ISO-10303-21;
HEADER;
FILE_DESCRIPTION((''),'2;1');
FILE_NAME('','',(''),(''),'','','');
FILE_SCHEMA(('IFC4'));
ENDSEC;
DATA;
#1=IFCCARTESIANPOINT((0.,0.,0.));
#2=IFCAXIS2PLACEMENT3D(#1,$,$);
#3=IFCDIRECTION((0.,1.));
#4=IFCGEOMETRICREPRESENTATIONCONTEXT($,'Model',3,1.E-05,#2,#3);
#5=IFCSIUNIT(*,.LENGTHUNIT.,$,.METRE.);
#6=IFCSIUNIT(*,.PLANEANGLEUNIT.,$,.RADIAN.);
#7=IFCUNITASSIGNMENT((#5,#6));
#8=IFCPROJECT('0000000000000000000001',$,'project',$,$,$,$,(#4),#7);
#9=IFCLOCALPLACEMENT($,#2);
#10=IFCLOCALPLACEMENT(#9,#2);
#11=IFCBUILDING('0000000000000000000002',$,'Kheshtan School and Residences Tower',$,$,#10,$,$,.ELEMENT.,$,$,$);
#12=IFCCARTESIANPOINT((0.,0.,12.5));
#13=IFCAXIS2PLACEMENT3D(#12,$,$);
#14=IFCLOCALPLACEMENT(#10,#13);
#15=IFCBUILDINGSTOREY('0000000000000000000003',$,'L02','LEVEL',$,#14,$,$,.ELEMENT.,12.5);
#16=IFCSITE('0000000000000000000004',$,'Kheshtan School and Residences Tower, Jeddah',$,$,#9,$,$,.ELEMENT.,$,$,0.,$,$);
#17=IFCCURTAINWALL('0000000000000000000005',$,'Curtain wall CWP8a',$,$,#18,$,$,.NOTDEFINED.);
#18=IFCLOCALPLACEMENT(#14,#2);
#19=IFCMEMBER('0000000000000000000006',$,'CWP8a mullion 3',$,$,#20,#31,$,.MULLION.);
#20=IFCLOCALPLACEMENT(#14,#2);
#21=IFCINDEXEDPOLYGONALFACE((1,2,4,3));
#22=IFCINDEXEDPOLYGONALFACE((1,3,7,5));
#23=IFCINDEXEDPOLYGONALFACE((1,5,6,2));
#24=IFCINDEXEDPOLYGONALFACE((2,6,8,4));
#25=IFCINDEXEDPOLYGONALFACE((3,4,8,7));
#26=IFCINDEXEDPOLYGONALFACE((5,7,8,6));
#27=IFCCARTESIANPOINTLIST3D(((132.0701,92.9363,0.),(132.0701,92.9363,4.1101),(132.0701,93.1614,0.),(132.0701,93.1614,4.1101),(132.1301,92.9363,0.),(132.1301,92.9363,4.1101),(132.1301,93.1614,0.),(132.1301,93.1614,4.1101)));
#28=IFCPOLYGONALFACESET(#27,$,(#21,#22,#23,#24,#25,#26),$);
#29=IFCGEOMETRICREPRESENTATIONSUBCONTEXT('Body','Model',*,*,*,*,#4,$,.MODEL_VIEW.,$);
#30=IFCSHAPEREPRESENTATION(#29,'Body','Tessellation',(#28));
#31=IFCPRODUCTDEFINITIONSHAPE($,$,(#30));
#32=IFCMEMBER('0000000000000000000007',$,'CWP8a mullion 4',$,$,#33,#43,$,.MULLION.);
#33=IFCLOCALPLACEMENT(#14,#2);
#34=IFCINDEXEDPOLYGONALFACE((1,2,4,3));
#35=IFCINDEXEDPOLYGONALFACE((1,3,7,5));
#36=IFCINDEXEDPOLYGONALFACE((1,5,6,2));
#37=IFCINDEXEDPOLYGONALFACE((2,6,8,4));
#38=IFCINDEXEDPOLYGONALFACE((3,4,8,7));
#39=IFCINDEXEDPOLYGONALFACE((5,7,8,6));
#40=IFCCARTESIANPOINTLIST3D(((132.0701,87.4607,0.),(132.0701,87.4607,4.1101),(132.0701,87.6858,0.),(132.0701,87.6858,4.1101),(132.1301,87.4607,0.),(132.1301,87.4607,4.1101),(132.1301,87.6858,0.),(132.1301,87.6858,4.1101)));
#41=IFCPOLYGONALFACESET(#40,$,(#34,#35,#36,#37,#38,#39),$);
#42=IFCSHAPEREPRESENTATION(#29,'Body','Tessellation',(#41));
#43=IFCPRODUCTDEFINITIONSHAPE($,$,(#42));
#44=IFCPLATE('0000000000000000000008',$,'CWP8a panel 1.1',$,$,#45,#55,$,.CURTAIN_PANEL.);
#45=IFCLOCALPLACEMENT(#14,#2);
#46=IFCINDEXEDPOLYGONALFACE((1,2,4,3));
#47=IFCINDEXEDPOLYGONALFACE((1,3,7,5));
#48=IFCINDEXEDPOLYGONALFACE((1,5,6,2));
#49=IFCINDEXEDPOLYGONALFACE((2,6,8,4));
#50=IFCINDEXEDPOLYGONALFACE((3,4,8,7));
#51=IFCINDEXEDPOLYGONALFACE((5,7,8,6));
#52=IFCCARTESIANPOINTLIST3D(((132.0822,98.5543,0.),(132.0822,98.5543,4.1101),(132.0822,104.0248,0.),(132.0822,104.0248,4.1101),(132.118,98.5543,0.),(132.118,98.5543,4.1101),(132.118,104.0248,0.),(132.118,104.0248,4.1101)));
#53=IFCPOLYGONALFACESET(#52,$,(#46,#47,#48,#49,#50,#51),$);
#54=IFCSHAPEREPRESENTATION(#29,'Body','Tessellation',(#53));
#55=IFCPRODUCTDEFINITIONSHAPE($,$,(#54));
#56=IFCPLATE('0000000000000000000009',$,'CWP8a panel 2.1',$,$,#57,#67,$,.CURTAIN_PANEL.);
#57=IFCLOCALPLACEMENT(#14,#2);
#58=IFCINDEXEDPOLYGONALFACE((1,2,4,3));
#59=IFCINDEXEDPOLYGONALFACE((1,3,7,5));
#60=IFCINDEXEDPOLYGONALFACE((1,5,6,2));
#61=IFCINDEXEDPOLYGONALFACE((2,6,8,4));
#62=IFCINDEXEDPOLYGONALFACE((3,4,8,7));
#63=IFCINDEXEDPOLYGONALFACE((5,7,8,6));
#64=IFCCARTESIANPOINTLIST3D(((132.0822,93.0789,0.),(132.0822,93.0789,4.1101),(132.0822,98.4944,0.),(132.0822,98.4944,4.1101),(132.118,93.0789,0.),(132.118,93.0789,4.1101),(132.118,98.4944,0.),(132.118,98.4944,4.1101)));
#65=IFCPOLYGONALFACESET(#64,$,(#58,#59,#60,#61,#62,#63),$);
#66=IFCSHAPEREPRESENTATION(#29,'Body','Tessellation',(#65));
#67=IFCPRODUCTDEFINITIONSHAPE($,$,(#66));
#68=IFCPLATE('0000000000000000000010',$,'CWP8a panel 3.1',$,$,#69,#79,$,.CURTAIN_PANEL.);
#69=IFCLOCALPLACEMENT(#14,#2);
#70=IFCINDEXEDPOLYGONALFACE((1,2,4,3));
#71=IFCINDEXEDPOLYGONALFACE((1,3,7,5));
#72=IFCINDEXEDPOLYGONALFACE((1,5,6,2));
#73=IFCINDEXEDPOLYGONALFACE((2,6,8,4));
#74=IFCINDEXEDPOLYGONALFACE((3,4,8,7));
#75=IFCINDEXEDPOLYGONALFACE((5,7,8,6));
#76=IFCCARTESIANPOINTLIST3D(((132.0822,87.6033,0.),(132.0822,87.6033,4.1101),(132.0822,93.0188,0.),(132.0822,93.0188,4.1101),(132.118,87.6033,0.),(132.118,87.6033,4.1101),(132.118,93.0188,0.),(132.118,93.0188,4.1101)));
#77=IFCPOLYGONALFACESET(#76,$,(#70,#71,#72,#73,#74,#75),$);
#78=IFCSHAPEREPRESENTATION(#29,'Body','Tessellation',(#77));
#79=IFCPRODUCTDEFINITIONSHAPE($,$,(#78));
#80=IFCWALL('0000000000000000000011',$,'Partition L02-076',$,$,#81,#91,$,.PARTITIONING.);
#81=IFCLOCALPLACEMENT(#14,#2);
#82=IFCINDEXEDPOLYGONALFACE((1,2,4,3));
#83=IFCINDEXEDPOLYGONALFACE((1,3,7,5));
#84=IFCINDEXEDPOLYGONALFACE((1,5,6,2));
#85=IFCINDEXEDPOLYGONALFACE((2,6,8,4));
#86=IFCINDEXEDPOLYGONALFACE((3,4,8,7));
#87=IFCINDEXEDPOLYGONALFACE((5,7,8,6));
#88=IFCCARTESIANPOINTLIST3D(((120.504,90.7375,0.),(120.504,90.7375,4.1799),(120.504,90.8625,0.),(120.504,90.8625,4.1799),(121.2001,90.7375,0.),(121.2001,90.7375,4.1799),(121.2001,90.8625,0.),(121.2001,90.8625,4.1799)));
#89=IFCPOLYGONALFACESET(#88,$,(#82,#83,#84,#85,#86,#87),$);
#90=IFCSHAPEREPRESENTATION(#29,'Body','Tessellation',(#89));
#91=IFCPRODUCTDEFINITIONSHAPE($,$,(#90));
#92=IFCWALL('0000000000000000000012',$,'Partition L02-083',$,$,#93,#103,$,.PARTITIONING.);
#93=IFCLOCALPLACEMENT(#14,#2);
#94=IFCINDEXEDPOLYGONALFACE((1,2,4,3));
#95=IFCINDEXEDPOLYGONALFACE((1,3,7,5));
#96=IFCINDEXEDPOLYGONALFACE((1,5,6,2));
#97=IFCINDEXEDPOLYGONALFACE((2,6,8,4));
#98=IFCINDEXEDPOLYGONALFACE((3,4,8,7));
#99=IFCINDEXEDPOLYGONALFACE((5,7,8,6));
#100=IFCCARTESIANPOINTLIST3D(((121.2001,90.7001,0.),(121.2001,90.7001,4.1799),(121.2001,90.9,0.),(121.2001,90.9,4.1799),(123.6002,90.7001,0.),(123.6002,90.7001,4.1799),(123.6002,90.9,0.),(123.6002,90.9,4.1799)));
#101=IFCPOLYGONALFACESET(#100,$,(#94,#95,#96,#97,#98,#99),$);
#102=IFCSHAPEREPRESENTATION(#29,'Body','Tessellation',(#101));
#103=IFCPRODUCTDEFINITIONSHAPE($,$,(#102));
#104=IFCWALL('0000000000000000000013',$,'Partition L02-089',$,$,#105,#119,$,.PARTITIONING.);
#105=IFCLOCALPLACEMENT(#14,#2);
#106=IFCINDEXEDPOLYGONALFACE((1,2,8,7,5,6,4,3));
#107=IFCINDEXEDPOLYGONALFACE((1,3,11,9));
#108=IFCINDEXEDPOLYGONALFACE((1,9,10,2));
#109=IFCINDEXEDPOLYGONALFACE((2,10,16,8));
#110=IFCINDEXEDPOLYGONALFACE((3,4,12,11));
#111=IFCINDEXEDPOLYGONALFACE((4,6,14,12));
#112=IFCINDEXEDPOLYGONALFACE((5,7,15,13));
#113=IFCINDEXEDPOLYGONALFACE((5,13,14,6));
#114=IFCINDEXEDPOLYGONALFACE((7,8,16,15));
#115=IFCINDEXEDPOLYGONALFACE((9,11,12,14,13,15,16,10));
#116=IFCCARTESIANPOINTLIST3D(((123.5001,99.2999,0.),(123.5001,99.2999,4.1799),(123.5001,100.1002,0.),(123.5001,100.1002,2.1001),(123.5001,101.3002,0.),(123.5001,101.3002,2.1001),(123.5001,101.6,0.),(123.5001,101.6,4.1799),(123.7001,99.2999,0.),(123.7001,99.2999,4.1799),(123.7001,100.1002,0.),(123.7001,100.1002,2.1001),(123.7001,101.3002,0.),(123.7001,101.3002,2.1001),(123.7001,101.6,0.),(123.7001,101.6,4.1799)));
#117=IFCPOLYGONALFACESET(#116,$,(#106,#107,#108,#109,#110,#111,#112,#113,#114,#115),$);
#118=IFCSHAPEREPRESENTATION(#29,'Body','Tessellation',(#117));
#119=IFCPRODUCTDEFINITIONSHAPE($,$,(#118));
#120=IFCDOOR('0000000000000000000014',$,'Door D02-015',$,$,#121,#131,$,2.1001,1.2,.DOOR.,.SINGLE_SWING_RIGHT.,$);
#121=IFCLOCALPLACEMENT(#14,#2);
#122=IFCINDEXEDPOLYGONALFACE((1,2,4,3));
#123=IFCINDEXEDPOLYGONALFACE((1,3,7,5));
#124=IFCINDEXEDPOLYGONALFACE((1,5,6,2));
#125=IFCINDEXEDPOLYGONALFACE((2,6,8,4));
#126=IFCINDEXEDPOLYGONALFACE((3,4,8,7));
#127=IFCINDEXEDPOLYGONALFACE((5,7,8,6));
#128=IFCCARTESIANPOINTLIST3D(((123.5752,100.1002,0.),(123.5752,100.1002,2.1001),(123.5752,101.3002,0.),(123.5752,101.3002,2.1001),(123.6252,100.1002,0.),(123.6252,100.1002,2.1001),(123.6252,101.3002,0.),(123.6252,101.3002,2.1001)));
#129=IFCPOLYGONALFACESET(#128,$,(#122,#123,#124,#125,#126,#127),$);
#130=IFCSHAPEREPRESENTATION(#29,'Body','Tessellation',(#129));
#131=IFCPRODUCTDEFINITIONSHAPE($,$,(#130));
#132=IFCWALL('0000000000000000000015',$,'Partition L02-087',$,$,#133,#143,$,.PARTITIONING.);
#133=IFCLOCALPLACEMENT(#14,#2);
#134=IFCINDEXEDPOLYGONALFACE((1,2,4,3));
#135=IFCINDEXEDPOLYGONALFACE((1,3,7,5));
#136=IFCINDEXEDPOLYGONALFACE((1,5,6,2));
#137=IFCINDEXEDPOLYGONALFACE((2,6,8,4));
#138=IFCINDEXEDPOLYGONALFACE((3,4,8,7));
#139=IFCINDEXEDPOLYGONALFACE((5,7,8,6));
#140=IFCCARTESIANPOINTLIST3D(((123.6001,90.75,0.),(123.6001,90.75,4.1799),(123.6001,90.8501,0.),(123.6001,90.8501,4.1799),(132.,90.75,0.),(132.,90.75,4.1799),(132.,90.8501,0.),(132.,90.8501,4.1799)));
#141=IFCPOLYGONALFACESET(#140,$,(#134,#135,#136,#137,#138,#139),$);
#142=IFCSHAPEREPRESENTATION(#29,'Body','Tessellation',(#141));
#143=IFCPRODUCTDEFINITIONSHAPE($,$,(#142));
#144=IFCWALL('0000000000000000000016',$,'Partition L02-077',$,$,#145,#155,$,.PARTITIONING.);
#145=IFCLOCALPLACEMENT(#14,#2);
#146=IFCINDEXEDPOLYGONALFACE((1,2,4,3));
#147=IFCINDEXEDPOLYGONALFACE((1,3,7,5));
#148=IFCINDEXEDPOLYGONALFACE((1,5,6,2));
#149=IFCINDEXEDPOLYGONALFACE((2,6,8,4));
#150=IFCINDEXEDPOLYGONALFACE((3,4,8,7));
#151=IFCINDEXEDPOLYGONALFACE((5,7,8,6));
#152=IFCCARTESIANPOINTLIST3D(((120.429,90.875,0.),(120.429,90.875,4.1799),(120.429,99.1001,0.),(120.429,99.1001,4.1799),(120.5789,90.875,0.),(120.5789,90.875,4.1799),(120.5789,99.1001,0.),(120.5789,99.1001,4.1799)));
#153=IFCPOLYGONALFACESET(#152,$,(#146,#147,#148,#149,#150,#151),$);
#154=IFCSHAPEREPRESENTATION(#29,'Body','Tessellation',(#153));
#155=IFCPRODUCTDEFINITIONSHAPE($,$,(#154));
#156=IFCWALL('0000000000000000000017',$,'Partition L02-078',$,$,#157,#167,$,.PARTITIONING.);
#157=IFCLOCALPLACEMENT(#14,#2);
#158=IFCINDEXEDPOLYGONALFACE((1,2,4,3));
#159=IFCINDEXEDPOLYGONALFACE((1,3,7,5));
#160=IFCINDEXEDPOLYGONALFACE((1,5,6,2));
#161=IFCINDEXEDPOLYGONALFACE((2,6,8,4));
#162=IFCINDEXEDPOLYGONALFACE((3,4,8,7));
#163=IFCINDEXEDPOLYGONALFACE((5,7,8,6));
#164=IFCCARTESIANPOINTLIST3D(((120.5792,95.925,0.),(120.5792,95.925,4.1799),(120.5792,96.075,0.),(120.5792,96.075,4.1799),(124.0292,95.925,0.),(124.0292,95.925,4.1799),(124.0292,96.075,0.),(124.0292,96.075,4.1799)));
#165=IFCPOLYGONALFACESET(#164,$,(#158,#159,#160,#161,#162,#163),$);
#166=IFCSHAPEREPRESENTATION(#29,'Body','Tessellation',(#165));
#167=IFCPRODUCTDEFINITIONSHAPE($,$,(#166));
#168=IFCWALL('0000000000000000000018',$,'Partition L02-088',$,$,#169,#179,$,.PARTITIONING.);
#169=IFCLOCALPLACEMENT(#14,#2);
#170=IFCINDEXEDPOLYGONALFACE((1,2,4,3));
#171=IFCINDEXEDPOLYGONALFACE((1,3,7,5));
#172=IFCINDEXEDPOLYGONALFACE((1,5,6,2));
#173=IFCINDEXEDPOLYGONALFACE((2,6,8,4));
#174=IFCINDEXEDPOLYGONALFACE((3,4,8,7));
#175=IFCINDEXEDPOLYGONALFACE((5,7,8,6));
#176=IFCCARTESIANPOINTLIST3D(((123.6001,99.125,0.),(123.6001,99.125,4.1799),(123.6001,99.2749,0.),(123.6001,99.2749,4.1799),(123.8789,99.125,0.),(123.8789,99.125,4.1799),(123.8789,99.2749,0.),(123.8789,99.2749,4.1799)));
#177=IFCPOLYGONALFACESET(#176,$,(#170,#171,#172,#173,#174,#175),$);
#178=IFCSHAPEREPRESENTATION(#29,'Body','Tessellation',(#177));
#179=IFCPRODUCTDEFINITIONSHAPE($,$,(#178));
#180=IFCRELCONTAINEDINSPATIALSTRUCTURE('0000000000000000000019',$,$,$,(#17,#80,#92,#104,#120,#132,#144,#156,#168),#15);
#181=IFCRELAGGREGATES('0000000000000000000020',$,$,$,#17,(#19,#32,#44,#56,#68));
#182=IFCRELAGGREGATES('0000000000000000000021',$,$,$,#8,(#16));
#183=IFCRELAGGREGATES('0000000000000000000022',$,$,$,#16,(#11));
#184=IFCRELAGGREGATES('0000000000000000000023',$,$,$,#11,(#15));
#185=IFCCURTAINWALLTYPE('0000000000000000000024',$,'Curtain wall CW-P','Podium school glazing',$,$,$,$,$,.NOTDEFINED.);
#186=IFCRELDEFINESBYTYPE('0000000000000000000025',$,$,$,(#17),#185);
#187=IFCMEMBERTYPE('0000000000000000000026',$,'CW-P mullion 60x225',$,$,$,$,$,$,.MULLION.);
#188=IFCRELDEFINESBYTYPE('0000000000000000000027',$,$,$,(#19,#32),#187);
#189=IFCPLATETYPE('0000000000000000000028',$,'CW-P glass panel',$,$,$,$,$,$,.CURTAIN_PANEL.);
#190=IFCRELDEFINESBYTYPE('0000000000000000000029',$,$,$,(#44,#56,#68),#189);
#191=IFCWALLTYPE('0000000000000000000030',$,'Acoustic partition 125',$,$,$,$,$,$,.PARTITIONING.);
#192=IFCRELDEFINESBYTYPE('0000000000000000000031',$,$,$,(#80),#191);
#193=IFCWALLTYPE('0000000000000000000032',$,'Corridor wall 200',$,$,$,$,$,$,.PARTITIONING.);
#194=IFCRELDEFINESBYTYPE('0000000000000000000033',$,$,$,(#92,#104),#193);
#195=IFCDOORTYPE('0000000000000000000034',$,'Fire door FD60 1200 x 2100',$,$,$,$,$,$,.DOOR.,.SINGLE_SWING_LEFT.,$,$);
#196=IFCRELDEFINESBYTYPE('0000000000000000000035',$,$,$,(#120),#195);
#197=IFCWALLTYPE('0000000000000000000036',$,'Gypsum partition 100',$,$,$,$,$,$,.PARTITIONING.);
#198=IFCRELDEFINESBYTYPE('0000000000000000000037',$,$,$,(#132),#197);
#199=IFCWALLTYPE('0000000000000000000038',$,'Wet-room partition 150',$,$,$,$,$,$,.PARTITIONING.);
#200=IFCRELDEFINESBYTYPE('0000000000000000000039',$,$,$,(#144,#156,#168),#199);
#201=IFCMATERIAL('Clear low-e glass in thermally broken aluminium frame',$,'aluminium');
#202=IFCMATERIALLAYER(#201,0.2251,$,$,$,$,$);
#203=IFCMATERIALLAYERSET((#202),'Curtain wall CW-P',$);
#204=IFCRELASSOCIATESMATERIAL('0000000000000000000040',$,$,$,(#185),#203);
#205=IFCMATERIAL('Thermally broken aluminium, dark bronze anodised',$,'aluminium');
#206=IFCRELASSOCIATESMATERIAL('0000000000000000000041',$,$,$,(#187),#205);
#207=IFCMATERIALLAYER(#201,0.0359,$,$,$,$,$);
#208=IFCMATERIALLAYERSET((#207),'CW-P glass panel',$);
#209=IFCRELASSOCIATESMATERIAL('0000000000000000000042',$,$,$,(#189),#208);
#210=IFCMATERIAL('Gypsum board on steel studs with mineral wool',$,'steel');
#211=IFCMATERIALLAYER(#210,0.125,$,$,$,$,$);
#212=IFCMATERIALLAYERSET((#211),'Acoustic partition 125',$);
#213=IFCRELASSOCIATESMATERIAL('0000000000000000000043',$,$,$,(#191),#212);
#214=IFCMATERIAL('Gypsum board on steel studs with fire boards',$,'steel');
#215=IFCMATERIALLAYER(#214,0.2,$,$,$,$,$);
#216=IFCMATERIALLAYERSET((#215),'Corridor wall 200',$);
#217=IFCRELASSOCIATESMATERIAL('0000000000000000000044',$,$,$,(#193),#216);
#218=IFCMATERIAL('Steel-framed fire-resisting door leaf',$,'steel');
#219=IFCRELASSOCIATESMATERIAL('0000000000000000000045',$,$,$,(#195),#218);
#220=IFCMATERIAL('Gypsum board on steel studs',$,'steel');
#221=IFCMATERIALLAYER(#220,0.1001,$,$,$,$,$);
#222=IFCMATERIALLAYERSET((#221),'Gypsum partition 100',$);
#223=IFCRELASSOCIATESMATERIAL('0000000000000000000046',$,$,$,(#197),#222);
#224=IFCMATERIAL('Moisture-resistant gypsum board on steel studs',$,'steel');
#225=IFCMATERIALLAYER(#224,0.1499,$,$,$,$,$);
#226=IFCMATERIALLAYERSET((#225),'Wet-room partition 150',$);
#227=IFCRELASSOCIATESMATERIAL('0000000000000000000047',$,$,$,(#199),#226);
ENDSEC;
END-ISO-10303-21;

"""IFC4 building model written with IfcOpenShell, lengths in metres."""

from ifc_helpers import new_model, si_unit, direction, frame, frame_2d, origin, origin_2d, place, context, subcontext, project, spatial, rectangle, extrude, source, transform, mapped, material, layer, layer_set, material_profile, profile_set, type_object, element, fill, aggregate, save


model = new_model("IFC4")

# Units and contexts
model_context = context("Model", 3, precision=1e-05, world=origin(), true_north=direction((0.0, 1.0)))
body_context = subcontext(model_context, "Body", "Model", "MODEL_VIEW")
ifc_project = project(units=[si_unit("LENGTHUNIT", "METRE"), si_unit("PLANEANGLEUNIT", "RADIAN")], contexts=[model_context])

# Site, building, storey
site_placement = place(None, origin())
site = spatial("IfcSite", under=ifc_project, at=site_placement, Name="Kheshtan School and Residences Tower, Jeddah", CompositionType="ELEMENT", RefElevation=0.0)
building_placement = place(site_placement, origin())
building = spatial("IfcBuilding", under=site, at=building_placement, Name="Kheshtan School and Residences Tower", CompositionType="ELEMENT")
storey_placement = place(building_placement, frame((0.0, 0.0, 12.5)))
storey = spatial("IfcBuildingStorey", under=building, at=storey_placement, Name="L02", Description="LEVEL", CompositionType="ELEMENT", Elevation=12.5)

# Curtain wall, members, plates
ifc_material_1 = material(Name="Clear low-e glass in thermally broken aluminium frame", Category="aluminium")
ifc_layer_1 = layer(ifc_material_1, 0.2251)
ifc_layer_set_1 = layer_set([ifc_layer_1], Name="Curtain wall CW-P")
curtain_wall_type = type_object("IfcCurtainWallType", Name="Curtain wall CW-P", Description="Podium school glazing", PredefinedType="NOTDEFINED", material=ifc_layer_set_1)
curtain_wall_placement = place(storey_placement, origin())
curtain_wall = element("IfcCurtainWall", 1, at=curtain_wall_placement, inside=storey, type_object=curtain_wall_type, Name="Curtain wall CWP8a", PredefinedType="NOTDEFINED")
ifc_material_2 = material(Name="Thermally broken aluminium, dark bronze anodised", Category="aluminium")
ifc_material_profile_1 = material_profile(ifc_material_2, rectangle(XDim=0.0601, YDim=0.2251, at=origin_2d()), Name="CW-P mullion 60x225")
ifc_profile_set_1 = profile_set([ifc_material_profile_1], Name="Thermally broken aluminium, dark bronze anodised")
member_type = type_object("IfcMemberType", Name="CW-P mullion 60x225", PredefinedType="MULLION", material=ifc_profile_set_1)
member_1_placement = place(storey_placement, frame((132.1001, 93.0488, 0.0), z_axis=(0.0, 0.0, 1.0), x_axis=(1.0, 0.0, 0.0)))
member_1 = element("IfcMember", 2, at=member_1_placement, type_object=member_type, Name="CWP8a mullion 3", PredefinedType="MULLION", context=body_context, shape_type="SweptSolid", body=[
    extrude(rectangle(XDim=0.0601, YDim=0.2251, at=origin_2d()), origin(), (0.0, 0.0, 1.0), 4.1101),
])
member_2_placement = place(storey_placement, frame((132.1001, 87.5732, 0.0), z_axis=(0.0, 0.0, 1.0), x_axis=(1.0, 0.0, 0.0)))
member_2 = element("IfcMember", 3, at=member_2_placement, type_object=member_type, Name="CWP8a mullion 4", PredefinedType="MULLION", context=body_context, shape_type="SweptSolid", body=[
    extrude(rectangle(XDim=0.0601, YDim=0.2251, at=origin_2d()), origin(), (0.0, 0.0, 1.0), 4.1101),
])
ifc_layer_2 = layer(ifc_material_1, 0.0359)
ifc_layer_set_2 = layer_set([ifc_layer_2], Name="CW-P glass panel")
plate_type = type_object("IfcPlateType", Name="CW-P glass panel", PredefinedType="CURTAIN_PANEL", material=ifc_layer_set_2)
plate_1_placement = place(storey_placement, frame((132.1001, 101.2896, 0.0), z_axis=(0.0, 0.0, 1.0), x_axis=(0.0, -1.0, 0.0)))
plate_1 = element("IfcPlate", 4, at=plate_1_placement, type_object=plate_type, Name="CWP8a panel 1.1", PredefinedType="CURTAIN_PANEL", context=body_context, shape_type="SweptSolid", body=[
    extrude(rectangle(XDim=5.4705, YDim=0.0359, at=origin_2d()), origin(), (0.0, 0.0, 1.0), 4.1101),
])
plate_2_placement = place(storey_placement, frame((132.1001, 95.7866, 0.0), z_axis=(0.0, 0.0, 1.0), x_axis=(0.0, -1.0, 0.0)))
plate_2 = element("IfcPlate", 5, at=plate_2_placement, type_object=plate_type, Name="CWP8a panel 2.1", PredefinedType="CURTAIN_PANEL", context=body_context, shape_type="SweptSolid", body=[
    extrude(rectangle(XDim=5.4155, YDim=0.0359, at=origin_2d()), origin(), (0.0, 0.0, 1.0), 4.1101),
])
plate_3_placement = place(storey_placement, frame((132.1001, 90.311, 0.0), z_axis=(0.0, 0.0, 1.0), x_axis=(0.0, -1.0, 0.0)))
plate_3 = element("IfcPlate", 6, at=plate_3_placement, type_object=plate_type, Name="CWP8a panel 3.1", PredefinedType="CURTAIN_PANEL", context=body_context, shape_type="SweptSolid", body=[
    extrude(rectangle(XDim=5.4155, YDim=0.0359, at=origin_2d()), origin(), (0.0, 0.0, 1.0), 4.1101),
])
aggregate(curtain_wall, [member_1, member_2, plate_1, plate_2, plate_3])

# Walls
ifc_material_3 = material(Name="Gypsum board on steel studs with mineral wool", Category="steel")
ifc_layer_3 = layer(ifc_material_3, 0.125)
ifc_layer_set_3 = layer_set([ifc_layer_3], Name="Acoustic partition 125")
wall_type_1 = type_object("IfcWallType", Name="Acoustic partition 125", PredefinedType="PARTITIONING", material=ifc_layer_set_3)
wall_1_placement = place(storey_placement, frame((120.5039, 90.8, 0.0), z_axis=(0.0, 0.0, 1.0), x_axis=(1.0, 0.0, 0.0)))
element("IfcWall", 7, at=wall_1_placement, inside=storey, type_object=wall_type_1, Name="Partition L02-076", PredefinedType="PARTITIONING", context=body_context, shape_type="SweptSolid", body=[
    extrude(rectangle(XDim=0.696, YDim=0.125, at=frame_2d((0.3481, 0.0))), origin(), (0.0, 0.0, 1.0), 4.1799),
])
ifc_material_4 = material(Name="Gypsum board on steel studs with fire boards", Category="steel")
ifc_layer_4 = layer(ifc_material_4, 0.2)
ifc_layer_set_4 = layer_set([ifc_layer_4], Name="Corridor wall 200")
wall_type_2 = type_object("IfcWallType", Name="Corridor wall 200", PredefinedType="PARTITIONING", material=ifc_layer_set_4)
wall_2_placement = place(storey_placement, frame((121.2, 90.8, 0.0), z_axis=(0.0, 0.0, 1.0), x_axis=(1.0, 0.0, 0.0)))
element("IfcWall", 8, at=wall_2_placement, inside=storey, type_object=wall_type_2, Name="Partition L02-083", PredefinedType="PARTITIONING", context=body_context, shape_type="SweptSolid", body=[
    extrude(rectangle(XDim=2.4001, YDim=0.2, at=frame_2d((1.2002, 0.0))), origin(), (0.0, 0.0, 1.0), 4.1799),
])

# Wall, opening, door
wall_3_placement = place(storey_placement, frame((123.6001, 99.3, 0.0), z_axis=(0.0, 0.0, 1.0), x_axis=(0.0, 1.0, 0.0)))
wall_3 = element("IfcWall", 9, at=wall_3_placement, inside=storey, type_object=wall_type_2, Name="Partition L02-089", PredefinedType="PARTITIONING", context=body_context, shape_type="SweptSolid", body=[
    extrude(rectangle(XDim=2.3, YDim=0.2, at=frame_2d((1.1499, 0.0))), origin(), (0.0, 0.0, 1.0), 4.1799),
])
opening_placement = place(wall_3_placement, frame((0.8, 0.0, 0.0)))
opening = element("IfcOpeningElement", 10, at=opening_placement, cuts=wall_3, PredefinedType="OPENING", context=body_context, shape_type="SweptSolid", body=[
    extrude(rectangle(XDim=1.2, YDim=2.1001, at=frame_2d((0.6001, 1.05))), frame((0.0, 0.1099, 0.0), z_axis=(0.0, -1.0, 0.0), x_axis=(1.0, 0.0, 0.0)), (0.0, 0.0, 1.0), 0.22),
])
ifc_material_5 = material(Name="Steel-framed fire-resisting door leaf", Category="steel")
door_type = type_object("IfcDoorType", Name="Fire door FD60 1200 x 2100", OperationType="SINGLE_SWING_LEFT", PredefinedType="DOOR", material=ifc_material_5)
shared_shape = source(origin(), body_context, "Body", "SweptSolid", [
    extrude(rectangle(XDim=1.2, YDim=2.1001, at=frame_2d((0.6001, 1.05))), frame((0.0, 0.0249, 0.0), z_axis=(0.0, -1.0, 0.0), x_axis=(1.0, 0.0, 0.0)), (0.0, 0.0, 1.0), 0.05),
])
door_placement = place(opening_placement, origin())
door = element("IfcDoor", 11, at=door_placement, inside=storey, type_object=door_type, Name="Door D02-015", OperationType="SINGLE_SWING_RIGHT", OverallHeight=2.1001, OverallWidth=1.2, PredefinedType="DOOR", context=body_context, shape_type="MappedRepresentation", body=[
    mapped(shared_shape, transform((0.0, 0.0, 0.0), x_axis=(1.0, 0.0, 0.0), y_axis=(0.0, 1.0, 0.0), z_axis=(0.0, 0.0, 1.0), scale=1.0)),
])
fill(opening, door)

# Walls
ifc_material_6 = material(Name="Gypsum board on steel studs", Category="steel")
ifc_layer_5 = layer(ifc_material_6, 0.1001)
ifc_layer_set_5 = layer_set([ifc_layer_5], Name="Gypsum partition 100")
wall_type_3 = type_object("IfcWallType", Name="Gypsum partition 100", PredefinedType="PARTITIONING", material=ifc_layer_set_5)
wall_4_placement = place(storey_placement, frame((123.6001, 90.8, 0.0), z_axis=(0.0, 0.0, 1.0), x_axis=(1.0, 0.0, 0.0)))
element("IfcWall", 12, at=wall_4_placement, inside=storey, type_object=wall_type_3, Name="Partition L02-087", PredefinedType="PARTITIONING", context=body_context, shape_type="SweptSolid", body=[
    extrude(rectangle(XDim=8.3999, YDim=0.1001, at=frame_2d((4.2, 0.0))), origin(), (0.0, 0.0, 1.0), 4.1799),
])
ifc_material_7 = material(Name="Moisture-resistant gypsum board on steel studs", Category="steel")
ifc_layer_6 = layer(ifc_material_7, 0.1499)
ifc_layer_set_6 = layer_set([ifc_layer_6], Name="Wet-room partition 150")
wall_type_4 = type_object("IfcWallType", Name="Wet-room partition 150", PredefinedType="PARTITIONING", material=ifc_layer_set_6)
wall_5_placement = place(storey_placement, frame((120.5039, 90.875, 0.0), z_axis=(0.0, 0.0, 1.0), x_axis=(0.0, 1.0, 0.0)))
element("IfcWall", 13, at=wall_5_placement, inside=storey, type_object=wall_type_4, Name="Partition L02-077", PredefinedType="PARTITIONING", context=body_context, shape_type="SweptSolid", body=[
    extrude(rectangle(XDim=8.2251, YDim=0.1499, at=frame_2d((4.1125, 0.0))), origin(), (0.0, 0.0, 1.0), 4.1799),
])
wall_6_placement = place(storey_placement, frame((120.5791, 96.0, 0.0), z_axis=(0.0, 0.0, 1.0), x_axis=(1.0, 0.0, 0.0)))
element("IfcWall", 14, at=wall_6_placement, inside=storey, type_object=wall_type_4, Name="Partition L02-078", PredefinedType="PARTITIONING", context=body_context, shape_type="SweptSolid", body=[
    extrude(rectangle(XDim=3.45, YDim=0.1499, at=frame_2d((1.7251, 0.0))), origin(), (0.0, 0.0, 1.0), 4.1799),
])
wall_7_placement = place(storey_placement, frame((123.6001, 99.2, 0.0), z_axis=(0.0, 0.0, 1.0), x_axis=(1.0, 0.0, 0.0)))
element("IfcWall", 15, at=wall_7_placement, inside=storey, type_object=wall_type_4, Name="Partition L02-088", PredefinedType="PARTITIONING", context=body_context, shape_type="SweptSolid", body=[
    extrude(rectangle(XDim=0.2788, YDim=0.1499, at=frame_2d((0.1394, 0.0))), origin(), (0.0, 0.0, 1.0), 4.1799),
])

save(model, "model.ifc")
